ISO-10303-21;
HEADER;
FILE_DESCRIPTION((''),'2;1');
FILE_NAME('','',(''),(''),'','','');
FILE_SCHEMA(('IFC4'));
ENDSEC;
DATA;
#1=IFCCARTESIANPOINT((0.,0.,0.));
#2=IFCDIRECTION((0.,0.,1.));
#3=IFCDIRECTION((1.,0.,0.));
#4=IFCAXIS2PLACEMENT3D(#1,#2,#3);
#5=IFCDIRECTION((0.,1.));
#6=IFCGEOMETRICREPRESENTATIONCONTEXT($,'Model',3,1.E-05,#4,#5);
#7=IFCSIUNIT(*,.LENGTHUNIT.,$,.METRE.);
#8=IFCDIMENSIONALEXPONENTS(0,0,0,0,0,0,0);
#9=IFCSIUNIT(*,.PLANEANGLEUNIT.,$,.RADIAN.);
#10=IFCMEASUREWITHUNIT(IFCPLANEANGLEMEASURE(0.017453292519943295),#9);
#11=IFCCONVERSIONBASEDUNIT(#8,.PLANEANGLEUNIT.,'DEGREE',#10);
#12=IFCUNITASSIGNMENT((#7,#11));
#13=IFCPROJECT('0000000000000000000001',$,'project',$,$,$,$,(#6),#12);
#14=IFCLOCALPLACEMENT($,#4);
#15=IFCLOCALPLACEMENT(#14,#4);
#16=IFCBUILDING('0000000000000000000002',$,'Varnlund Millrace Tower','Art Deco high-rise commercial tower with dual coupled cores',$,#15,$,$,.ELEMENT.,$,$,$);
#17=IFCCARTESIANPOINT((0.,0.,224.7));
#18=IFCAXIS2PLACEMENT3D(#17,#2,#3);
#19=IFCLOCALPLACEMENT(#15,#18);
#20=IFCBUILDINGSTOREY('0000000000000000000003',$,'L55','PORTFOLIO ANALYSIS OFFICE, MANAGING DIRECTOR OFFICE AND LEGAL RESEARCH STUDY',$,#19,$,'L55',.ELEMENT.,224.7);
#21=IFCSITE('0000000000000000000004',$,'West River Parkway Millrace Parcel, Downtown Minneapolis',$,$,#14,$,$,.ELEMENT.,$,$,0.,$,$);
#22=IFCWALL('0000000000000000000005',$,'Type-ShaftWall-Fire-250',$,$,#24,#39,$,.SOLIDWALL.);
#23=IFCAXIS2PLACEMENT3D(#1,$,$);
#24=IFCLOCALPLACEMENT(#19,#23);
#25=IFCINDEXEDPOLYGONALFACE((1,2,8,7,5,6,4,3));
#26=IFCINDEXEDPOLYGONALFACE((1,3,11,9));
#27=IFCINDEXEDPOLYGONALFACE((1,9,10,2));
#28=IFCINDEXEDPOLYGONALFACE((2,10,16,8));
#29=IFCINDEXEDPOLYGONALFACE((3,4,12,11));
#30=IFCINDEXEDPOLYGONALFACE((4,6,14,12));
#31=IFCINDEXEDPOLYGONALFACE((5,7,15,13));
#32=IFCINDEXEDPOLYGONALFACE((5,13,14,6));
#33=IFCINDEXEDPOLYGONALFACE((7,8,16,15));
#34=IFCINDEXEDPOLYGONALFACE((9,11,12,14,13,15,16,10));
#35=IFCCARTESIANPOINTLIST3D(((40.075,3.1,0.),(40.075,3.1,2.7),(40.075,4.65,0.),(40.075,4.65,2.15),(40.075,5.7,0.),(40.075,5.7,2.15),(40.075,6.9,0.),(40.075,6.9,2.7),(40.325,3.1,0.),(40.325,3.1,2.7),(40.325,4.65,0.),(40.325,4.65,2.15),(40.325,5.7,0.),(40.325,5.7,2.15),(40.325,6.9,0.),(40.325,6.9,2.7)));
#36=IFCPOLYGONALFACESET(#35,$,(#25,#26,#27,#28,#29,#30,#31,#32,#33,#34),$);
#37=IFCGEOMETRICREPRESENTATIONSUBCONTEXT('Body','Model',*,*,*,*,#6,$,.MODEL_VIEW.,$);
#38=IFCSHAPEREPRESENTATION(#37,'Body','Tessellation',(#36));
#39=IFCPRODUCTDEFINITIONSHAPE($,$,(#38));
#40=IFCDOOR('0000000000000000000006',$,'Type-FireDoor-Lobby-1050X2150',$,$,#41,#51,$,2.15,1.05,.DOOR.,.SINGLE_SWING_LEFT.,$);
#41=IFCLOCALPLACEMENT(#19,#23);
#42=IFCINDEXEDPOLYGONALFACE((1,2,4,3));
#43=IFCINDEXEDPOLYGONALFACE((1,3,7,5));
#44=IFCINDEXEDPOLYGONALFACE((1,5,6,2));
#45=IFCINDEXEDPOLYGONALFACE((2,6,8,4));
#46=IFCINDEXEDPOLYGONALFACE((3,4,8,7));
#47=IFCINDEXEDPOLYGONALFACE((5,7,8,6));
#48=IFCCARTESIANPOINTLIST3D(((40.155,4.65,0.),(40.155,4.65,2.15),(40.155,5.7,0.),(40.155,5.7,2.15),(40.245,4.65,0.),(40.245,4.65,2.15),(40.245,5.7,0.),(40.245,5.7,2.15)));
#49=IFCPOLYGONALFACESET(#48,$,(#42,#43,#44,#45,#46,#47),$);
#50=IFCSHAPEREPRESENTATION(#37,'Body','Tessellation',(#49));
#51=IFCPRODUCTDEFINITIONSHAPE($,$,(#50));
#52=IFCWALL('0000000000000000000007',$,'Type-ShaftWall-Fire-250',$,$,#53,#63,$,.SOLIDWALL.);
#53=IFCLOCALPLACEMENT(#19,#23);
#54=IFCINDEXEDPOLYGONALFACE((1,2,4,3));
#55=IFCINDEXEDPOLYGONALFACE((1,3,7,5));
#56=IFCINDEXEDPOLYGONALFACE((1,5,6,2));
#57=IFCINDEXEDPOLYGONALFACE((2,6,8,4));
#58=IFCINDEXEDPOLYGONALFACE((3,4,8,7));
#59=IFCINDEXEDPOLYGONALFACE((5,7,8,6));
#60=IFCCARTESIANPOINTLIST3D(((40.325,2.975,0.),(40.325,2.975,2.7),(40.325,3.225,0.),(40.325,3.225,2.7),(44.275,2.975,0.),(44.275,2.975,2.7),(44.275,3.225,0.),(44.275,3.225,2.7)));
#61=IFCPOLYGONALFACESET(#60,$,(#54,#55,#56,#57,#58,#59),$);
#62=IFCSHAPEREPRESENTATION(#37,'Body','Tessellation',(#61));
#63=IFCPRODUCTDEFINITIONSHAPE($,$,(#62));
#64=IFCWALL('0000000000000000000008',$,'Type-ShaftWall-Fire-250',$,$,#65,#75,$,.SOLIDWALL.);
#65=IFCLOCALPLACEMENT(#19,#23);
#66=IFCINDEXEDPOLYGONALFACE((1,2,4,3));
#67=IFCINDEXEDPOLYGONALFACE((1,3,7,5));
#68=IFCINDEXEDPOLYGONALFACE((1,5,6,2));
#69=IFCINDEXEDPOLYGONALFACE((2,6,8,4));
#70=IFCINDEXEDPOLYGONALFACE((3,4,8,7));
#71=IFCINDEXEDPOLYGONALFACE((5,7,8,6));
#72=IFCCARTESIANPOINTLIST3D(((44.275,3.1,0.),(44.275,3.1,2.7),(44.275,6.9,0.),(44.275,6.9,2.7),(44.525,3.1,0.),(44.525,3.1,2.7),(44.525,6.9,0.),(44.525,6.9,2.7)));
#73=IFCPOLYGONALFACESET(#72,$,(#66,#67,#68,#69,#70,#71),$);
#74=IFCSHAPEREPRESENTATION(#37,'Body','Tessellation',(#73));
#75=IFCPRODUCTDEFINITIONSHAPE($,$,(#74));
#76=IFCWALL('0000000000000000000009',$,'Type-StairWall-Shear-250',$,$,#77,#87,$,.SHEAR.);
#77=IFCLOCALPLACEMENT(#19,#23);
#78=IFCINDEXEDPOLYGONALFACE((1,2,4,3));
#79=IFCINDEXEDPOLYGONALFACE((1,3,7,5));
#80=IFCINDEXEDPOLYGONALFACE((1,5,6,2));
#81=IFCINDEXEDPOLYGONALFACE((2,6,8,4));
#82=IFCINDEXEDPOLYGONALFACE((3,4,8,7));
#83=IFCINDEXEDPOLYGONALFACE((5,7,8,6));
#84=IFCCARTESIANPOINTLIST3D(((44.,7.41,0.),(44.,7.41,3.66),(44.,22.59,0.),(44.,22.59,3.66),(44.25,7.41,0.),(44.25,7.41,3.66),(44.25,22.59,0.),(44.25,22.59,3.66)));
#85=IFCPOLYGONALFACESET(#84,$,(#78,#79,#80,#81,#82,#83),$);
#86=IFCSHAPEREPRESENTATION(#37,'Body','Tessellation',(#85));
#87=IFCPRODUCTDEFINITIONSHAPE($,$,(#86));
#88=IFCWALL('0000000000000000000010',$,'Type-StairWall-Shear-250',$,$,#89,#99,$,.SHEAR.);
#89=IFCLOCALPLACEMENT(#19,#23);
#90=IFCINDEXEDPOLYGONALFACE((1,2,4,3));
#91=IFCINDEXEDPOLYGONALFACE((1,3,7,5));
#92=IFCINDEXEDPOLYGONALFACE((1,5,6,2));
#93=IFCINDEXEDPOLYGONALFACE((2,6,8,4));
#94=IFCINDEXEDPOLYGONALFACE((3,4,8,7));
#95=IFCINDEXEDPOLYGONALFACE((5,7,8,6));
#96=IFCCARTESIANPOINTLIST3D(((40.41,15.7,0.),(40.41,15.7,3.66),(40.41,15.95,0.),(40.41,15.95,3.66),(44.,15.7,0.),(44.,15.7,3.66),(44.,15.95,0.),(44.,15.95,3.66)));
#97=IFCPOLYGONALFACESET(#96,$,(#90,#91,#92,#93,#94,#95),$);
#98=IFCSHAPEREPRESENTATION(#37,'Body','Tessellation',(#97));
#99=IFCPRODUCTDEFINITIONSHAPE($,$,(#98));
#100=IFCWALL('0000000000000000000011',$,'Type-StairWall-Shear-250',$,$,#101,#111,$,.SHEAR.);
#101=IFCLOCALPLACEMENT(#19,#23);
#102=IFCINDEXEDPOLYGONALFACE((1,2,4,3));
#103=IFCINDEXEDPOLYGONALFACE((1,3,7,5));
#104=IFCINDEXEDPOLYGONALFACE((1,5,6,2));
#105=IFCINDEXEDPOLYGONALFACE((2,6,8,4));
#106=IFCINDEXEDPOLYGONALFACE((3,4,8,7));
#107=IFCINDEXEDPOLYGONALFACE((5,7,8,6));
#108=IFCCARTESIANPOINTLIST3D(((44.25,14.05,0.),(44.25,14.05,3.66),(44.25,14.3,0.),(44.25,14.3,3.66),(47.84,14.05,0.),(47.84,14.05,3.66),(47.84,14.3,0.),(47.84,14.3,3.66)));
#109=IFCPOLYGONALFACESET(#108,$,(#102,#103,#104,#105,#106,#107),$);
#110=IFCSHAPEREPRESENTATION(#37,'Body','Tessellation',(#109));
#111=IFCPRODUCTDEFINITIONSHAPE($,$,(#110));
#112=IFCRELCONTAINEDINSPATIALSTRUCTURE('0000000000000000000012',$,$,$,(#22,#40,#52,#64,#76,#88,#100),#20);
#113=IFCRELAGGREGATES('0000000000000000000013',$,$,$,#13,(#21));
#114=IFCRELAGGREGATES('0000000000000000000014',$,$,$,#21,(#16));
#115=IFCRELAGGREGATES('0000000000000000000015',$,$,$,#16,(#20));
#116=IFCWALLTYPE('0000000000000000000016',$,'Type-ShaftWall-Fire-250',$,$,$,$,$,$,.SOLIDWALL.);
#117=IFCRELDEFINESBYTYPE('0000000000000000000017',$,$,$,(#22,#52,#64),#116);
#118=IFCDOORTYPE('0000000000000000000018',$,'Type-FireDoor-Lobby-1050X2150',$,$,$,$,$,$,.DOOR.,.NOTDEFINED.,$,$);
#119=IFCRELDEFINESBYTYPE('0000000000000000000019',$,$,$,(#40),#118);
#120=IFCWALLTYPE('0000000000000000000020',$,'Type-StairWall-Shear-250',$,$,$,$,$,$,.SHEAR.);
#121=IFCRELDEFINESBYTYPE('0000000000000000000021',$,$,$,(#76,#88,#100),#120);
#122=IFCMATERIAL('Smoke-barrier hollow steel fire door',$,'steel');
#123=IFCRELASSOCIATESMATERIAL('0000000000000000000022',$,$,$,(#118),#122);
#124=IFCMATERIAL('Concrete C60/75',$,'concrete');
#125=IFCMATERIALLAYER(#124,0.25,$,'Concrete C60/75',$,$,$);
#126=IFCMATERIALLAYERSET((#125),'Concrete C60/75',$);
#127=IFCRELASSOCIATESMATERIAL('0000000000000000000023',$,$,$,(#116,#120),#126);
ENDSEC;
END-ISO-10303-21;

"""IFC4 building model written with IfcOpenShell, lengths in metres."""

from ifc_helpers import new_model, entity, si_unit, converted_unit, direction, frame, origin_with_axes, origin_2d_with_axis, place, context, subcontext, project, spatial, polyline, rectangle, outline, extrude, material, layer, layer_set, type_object, element, fill, save


model = new_model("IFC4")

# Units and contexts
model_context = context("Model", 3, precision=1e-05, world=origin_with_axes(), true_north=direction((0.0, 1.0)))
body_context = subcontext(model_context, "Body", "Model", "MODEL_VIEW")
ifc_project = project(units=[si_unit("LENGTHUNIT", "METRE"), converted_unit("PLANEANGLEUNIT", "DEGREE", entity("IfcPlaneAngleMeasure", 0.017453292519943295), si_unit("PLANEANGLEUNIT", "RADIAN"), dimensions=[0, 0, 0, 0, 0, 0, 0])], contexts=[model_context])

# Site, building, storey
site_placement = place(None, origin_with_axes())
site = spatial("IfcSite", under=ifc_project, at=site_placement, Name="West River Parkway Millrace Parcel, Downtown Minneapolis", CompositionType="ELEMENT", RefElevation=0.0)
building_placement = place(site_placement, origin_with_axes())
building = spatial("IfcBuilding", under=site, at=building_placement, Name="Varnlund Millrace Tower", Description="Art Deco high-rise commercial tower with dual coupled cores", CompositionType="ELEMENT")
storey_placement = place(building_placement, frame((0.0, 0.0, 224.7), z_axis=(0.0, 0.0, 1.0), x_axis=(1.0, 0.0, 0.0)))
storey = spatial("IfcBuildingStorey", under=building, at=storey_placement, Name="L55", Description="PORTFOLIO ANALYSIS OFFICE, MANAGING DIRECTOR OFFICE AND LEGAL RESEARCH STUDY", LongName="L55", CompositionType="ELEMENT", Elevation=224.7)

# Shared definitions
ifc_material_1 = material(Name="Concrete C60/75", Category="concrete")
ifc_material_2 = material(Name="Smoke-barrier hollow steel fire door", Category="steel")
door_type_1 = type_object("IfcDoorType", Name="Type-FireDoor-Lobby-1050X2150", OperationType="NOTDEFINED", PredefinedType="DOOR", material=ifc_material_2)

# Shared definitions
ifc_layer_1 = layer(ifc_material_1, 0.25, Name="Concrete C60/75")
ifc_layer_set_1 = layer_set([ifc_layer_1], Name="Concrete C60/75")
wall_type_1 = type_object("IfcWallType", Name="Type-ShaftWall-Fire-250", PredefinedType="SOLIDWALL", material=ifc_layer_set_1)

# Wall, opening, door
wall_1_placement = place(storey_placement, frame((40.2, 3.1, 0.0), z_axis=(0.0, 0.0, 1.0), x_axis=(0.0, 1.0, 0.0)))
wall_1 = element("IfcWall", 1, at=wall_1_placement, inside=storey, type_object=wall_type_1, Name="Type-ShaftWall-Fire-250", PredefinedType="SOLIDWALL", context=body_context, shape_type="SweptSolid", body=[
    extrude(outline(polyline([(0.0, -0.125), (3.8, -0.125), (3.8, 0.125), (0.0, 0.125), (0.0, -0.125)])), origin_with_axes(), (0.0, 0.0, 1.0), 2.7),
])
opening_1_placement = place(wall_1_placement, frame((2.075, 0.0, 0.0), z_axis=(0.0, 0.0, 1.0), x_axis=(1.0, 0.0, 0.0)))
opening_1 = element("IfcOpeningElement", 2, at=opening_1_placement, cuts=wall_1, PredefinedType="OPENING", context=body_context, shape_type="SweptSolid", body=[
    extrude(rectangle(XDim=1.05, YDim=0.27, at=origin_2d_with_axis()), origin_with_axes(), (0.0, 0.0, 1.0), 2.15),
])
door_1_placement = place(wall_1_placement, frame((2.075, 0.0, 0.0), z_axis=(0.0, 0.0, 1.0), x_axis=(1.0, 0.0, 0.0)))
door_1 = element("IfcDoor", 3, at=door_1_placement, inside=storey, type_object=door_type_1, Name="Type-FireDoor-Lobby-1050X2150", OperationType="SINGLE_SWING_LEFT", OverallHeight=2.15, OverallWidth=1.05, PredefinedType="DOOR", context=body_context, shape_type="SweptSolid", body=[
    extrude(rectangle(XDim=1.05, YDim=0.09, at=origin_2d_with_axis()), origin_with_axes(), (0.0, 0.0, 1.0), 2.15),
])
fill(opening_1, door_1)

# Walls
wall_2_placement = place(storey_placement, frame((40.325, 3.1, 0.0), z_axis=(0.0, 0.0, 1.0), x_axis=(1.0, 0.0, 0.0)))
element("IfcWall", 4, at=wall_2_placement, inside=storey, type_object=wall_type_1, Name="Type-ShaftWall-Fire-250", PredefinedType="SOLIDWALL", context=body_context, shape_type="SweptSolid", body=[
    extrude(outline(polyline([(0.0, -0.125), (3.95, -0.125), (3.95, 0.125), (0.0, 0.125), (0.0, -0.125)])), origin_with_axes(), (0.0, 0.0, 1.0), 2.7),
])
wall_3_placement = place(storey_placement, frame((44.4, 3.1, 0.0), z_axis=(0.0, 0.0, 1.0), x_axis=(0.0, 1.0, 0.0)))
element("IfcWall", 5, at=wall_3_placement, inside=storey, type_object=wall_type_1, Name="Type-ShaftWall-Fire-250", PredefinedType="SOLIDWALL", context=body_context, shape_type="SweptSolid", body=[
    extrude(outline(polyline([(0.0, -0.125), (3.8, -0.125), (3.8, 0.125), (0.0, 0.125), (0.0, -0.125)])), origin_with_axes(), (0.0, 0.0, 1.0), 2.7),
])
wall_type_2 = type_object("IfcWallType", Name="Type-StairWall-Shear-250", PredefinedType="SHEAR", material=ifc_layer_set_1)
wall_4_placement = place(storey_placement, frame((44.125, 7.41, 0.0), z_axis=(0.0, 0.0, 1.0), x_axis=(0.0, 1.0, 0.0)))
element("IfcWall", 6, at=wall_4_placement, inside=storey, type_object=wall_type_2, Name="Type-StairWall-Shear-250", PredefinedType="SHEAR", context=body_context, shape_type="SweptSolid", body=[
    extrude(outline(polyline([(0.0, -0.125), (15.18, -0.125), (15.18, 0.125), (0.0, 0.125), (0.0, -0.125)])), origin_with_axes(), (0.0, 0.0, 1.0), 3.66),
])
for number, where, z_axis, x_axis, name in (
    (7, (40.41, 15.825, 0.0), (0.0, 0.0, 1.0), (1.0, 0.0, 0.0), "Type-StairWall-Shear-250"),
    (8, (44.25, 14.175, 0.0), (0.0, 0.0, 1.0), (1.0, 0.0, 0.0), "Type-StairWall-Shear-250"),
):
    element("IfcWall", number, at=place(storey_placement, frame(where, z_axis=z_axis, x_axis=x_axis)), inside=storey, type_object=wall_type_2, Name=name, PredefinedType="SHEAR", context=body_context, shape_type="SweptSolid", body=[
        extrude(outline(polyline([(0.0, -0.125), (3.59, -0.125), (3.59, 0.125), (0.0, 0.125), (0.0, -0.125)])), origin_with_axes(), (0.0, 0.0, 1.0), 3.66),
    ])

save(model, "model.ifc")
